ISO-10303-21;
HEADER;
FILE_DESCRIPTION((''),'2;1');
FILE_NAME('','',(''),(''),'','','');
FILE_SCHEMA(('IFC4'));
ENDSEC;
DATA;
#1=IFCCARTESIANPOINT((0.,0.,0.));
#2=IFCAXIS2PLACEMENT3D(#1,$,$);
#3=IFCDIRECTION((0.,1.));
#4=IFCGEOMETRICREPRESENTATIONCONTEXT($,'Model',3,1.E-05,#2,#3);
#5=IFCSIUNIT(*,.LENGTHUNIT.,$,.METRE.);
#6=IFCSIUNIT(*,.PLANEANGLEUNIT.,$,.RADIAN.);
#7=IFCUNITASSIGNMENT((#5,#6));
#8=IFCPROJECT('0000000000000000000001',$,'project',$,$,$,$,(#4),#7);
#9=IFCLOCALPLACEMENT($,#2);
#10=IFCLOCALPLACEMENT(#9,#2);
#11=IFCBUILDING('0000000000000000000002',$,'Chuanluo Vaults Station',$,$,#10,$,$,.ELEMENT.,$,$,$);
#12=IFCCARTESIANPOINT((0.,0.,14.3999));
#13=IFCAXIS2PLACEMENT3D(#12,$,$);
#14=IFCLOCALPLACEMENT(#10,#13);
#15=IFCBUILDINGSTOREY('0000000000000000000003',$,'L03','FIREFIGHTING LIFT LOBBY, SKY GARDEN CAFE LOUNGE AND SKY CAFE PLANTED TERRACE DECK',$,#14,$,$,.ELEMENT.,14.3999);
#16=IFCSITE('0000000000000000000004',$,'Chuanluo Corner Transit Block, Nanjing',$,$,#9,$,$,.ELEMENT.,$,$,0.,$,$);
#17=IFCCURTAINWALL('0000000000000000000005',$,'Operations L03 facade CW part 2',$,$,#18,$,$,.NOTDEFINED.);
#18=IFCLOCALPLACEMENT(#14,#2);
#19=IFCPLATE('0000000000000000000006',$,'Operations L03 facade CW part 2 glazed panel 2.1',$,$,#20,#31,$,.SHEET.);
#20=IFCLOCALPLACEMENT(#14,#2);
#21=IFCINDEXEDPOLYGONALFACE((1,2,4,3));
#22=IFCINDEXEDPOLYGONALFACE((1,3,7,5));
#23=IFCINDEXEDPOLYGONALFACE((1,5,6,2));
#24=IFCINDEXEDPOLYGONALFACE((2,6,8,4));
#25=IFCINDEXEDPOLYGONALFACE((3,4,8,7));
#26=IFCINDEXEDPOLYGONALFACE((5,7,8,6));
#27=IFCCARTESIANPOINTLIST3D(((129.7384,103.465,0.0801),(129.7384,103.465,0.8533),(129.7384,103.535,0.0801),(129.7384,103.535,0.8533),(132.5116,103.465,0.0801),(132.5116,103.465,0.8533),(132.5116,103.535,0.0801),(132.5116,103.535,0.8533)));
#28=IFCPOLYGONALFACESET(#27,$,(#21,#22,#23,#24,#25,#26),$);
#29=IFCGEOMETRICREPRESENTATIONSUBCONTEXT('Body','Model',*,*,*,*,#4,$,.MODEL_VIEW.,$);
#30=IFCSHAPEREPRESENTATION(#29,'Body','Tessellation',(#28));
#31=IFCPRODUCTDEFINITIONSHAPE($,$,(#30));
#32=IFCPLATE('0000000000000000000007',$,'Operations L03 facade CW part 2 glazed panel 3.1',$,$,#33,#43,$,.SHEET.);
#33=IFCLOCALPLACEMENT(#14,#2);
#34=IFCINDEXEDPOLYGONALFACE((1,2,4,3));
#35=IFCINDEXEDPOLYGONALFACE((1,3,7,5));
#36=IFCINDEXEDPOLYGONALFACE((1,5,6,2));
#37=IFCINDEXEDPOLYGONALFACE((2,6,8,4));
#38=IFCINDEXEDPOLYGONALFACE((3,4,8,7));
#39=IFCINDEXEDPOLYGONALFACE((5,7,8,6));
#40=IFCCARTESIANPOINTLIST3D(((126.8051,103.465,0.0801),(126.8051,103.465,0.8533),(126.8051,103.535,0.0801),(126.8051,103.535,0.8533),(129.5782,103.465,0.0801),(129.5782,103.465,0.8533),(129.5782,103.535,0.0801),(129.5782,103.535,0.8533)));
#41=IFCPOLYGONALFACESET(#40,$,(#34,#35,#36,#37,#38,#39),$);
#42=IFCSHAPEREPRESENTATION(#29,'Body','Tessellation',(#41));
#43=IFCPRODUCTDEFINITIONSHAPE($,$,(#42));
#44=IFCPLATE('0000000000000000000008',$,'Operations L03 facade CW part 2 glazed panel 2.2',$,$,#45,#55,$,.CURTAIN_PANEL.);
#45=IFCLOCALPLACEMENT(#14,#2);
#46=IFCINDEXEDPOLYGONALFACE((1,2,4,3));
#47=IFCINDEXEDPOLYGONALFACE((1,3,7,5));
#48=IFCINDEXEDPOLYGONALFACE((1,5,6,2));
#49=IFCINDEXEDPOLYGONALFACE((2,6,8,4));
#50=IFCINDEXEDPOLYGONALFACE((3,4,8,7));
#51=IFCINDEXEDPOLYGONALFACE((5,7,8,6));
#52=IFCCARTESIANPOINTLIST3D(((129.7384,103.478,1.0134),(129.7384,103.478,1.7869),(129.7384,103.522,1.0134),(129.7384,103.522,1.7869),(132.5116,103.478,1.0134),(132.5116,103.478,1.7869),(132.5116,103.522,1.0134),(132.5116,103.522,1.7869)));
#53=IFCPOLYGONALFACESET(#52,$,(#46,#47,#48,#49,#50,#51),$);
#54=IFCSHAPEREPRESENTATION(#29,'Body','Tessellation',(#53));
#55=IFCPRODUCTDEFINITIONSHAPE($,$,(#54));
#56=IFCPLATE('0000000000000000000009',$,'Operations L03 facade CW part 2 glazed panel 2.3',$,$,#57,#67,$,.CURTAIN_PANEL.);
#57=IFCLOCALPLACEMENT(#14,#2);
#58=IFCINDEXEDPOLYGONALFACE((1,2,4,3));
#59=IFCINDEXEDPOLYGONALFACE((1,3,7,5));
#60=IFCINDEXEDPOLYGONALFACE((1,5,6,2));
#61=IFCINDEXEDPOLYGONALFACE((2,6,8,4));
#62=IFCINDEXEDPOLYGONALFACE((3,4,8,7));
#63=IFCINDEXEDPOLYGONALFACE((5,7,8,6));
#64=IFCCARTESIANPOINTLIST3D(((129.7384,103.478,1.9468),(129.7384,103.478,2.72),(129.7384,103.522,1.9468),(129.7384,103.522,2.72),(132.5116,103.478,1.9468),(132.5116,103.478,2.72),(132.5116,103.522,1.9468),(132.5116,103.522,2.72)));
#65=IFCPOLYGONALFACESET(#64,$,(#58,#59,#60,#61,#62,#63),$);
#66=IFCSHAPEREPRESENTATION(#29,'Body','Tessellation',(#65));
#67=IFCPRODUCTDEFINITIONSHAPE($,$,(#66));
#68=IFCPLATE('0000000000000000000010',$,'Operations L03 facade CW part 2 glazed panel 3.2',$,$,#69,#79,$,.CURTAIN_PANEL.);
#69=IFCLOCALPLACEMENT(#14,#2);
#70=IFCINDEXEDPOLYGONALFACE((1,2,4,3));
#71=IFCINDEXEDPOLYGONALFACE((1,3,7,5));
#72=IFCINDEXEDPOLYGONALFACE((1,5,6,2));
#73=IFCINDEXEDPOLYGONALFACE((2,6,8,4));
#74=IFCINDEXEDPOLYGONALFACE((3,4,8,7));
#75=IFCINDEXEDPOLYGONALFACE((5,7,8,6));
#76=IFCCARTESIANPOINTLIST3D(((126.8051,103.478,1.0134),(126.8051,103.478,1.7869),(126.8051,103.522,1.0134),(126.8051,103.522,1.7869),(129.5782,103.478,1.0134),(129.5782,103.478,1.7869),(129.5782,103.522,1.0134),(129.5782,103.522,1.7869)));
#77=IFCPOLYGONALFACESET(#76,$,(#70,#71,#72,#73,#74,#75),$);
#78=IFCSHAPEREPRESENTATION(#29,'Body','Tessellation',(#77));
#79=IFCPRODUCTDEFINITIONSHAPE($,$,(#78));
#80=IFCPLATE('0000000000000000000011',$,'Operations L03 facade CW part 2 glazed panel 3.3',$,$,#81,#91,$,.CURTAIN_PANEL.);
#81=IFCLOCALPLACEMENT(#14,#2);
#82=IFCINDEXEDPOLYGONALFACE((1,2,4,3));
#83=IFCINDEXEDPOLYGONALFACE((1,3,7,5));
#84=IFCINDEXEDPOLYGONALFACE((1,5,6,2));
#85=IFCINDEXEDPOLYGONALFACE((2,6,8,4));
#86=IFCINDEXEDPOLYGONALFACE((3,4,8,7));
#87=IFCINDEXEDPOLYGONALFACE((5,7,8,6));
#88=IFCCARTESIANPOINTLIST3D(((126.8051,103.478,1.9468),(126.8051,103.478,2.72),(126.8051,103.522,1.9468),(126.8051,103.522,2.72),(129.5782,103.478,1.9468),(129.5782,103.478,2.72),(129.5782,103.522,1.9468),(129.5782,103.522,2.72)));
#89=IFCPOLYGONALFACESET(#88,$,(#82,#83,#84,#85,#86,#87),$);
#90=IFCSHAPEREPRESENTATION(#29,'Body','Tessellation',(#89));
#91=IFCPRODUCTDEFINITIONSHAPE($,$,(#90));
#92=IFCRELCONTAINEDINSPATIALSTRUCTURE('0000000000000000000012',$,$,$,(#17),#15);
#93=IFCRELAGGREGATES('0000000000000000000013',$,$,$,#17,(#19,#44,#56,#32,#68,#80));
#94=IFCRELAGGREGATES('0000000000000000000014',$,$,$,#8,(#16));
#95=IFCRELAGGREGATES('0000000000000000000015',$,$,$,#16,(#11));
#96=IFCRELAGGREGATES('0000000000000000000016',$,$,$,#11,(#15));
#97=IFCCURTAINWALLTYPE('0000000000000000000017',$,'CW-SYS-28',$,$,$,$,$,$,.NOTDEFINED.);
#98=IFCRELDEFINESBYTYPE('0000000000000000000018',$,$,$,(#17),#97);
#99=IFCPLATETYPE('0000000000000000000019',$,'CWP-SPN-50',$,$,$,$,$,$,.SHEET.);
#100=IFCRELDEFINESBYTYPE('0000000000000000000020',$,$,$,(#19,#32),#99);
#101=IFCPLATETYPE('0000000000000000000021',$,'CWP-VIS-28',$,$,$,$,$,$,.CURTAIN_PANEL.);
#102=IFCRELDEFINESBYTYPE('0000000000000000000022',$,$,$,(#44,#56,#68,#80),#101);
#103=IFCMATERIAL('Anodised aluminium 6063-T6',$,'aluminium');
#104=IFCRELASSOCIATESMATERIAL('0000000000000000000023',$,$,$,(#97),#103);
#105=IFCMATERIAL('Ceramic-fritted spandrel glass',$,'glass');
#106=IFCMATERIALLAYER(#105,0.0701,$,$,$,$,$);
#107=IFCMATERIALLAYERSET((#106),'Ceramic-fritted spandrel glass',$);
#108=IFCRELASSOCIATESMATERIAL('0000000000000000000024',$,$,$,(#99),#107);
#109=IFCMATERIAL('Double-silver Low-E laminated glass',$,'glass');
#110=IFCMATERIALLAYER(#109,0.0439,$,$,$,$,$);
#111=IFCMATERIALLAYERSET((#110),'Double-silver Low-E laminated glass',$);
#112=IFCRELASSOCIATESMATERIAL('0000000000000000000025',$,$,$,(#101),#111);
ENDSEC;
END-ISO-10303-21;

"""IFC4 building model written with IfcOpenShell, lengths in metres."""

from ifc_helpers import new_model, si_unit, direction, frame, origin, origin_2d, place, context, subcontext, project, spatial, rectangle, extrude, material, layer, layer_set, type_object, element, aggregate, save


model = new_model("IFC4")

# Units and contexts
model_context = context("Model", 3, precision=1e-05, world=origin(), true_north=direction((0.0, 1.0)))
body_context = subcontext(model_context, "Body", "Model", "MODEL_VIEW")
ifc_project = project(units=[si_unit("LENGTHUNIT", "METRE"), si_unit("PLANEANGLEUNIT", "RADIAN")], contexts=[model_context])

# Site, building, storey
site_placement = place(None, origin())
site = spatial("IfcSite", under=ifc_project, at=site_placement, Name="Chuanluo Corner Transit Block, Nanjing", CompositionType="ELEMENT", RefElevation=0.0)
building_placement = place(site_placement, origin())
building = spatial("IfcBuilding", under=site, at=building_placement, Name="Chuanluo Vaults Station", CompositionType="ELEMENT")
storey_placement = place(building_placement, frame((0.0, 0.0, 14.3999)))
storey = spatial("IfcBuildingStorey", under=building, at=storey_placement, Name="L03", Description="FIREFIGHTING LIFT LOBBY, SKY GARDEN CAFE LOUNGE AND SKY CAFE PLANTED TERRACE DECK", CompositionType="ELEMENT", Elevation=14.3999)

# Curtain wall
ifc_material_1 = material(Name="Anodised aluminium 6063-T6", Category="aluminium")
curtain_wall_type = type_object("IfcCurtainWallType", Name="CW-SYS-28", PredefinedType="NOTDEFINED", material=ifc_material_1)
curtain_wall_placement = place(storey_placement, origin())
curtain_wall = element("IfcCurtainWall", 1, at=curtain_wall_placement, inside=storey, type_object=curtain_wall_type, Name="Operations L03 facade CW part 2", PredefinedType="NOTDEFINED")

# Plates
ifc_material_2 = material(Name="Ceramic-fritted spandrel glass", Category="glass")
ifc_layer_1 = layer(ifc_material_2, 0.0701)
ifc_layer_set_1 = layer_set([ifc_layer_1], Name="Ceramic-fritted spandrel glass")
plate_type_1 = type_object("IfcPlateType", Name="CWP-SPN-50", PredefinedType="SHEET", material=ifc_layer_set_1)
plate_1_placement = place(storey_placement, frame((131.125, 103.5, 0.0801), z_axis=(0.0, 0.0, 1.0), x_axis=(-1.0, 0.0, 0.0)))
plate_1 = element("IfcPlate", 2, at=plate_1_placement, type_object=plate_type_1, Name="Operations L03 facade CW part 2 glazed panel 2.1", PredefinedType="SHEET", context=body_context, shape_type="SweptSolid", body=[
    extrude(rectangle(XDim=2.7732, YDim=0.0701, at=origin_2d()), origin(), (0.0, 0.0, 1.0), 0.7732),
])
plate_2_placement = place(storey_placement, frame((128.1917, 103.5, 0.0801), z_axis=(0.0, 0.0, 1.0), x_axis=(-1.0, 0.0, 0.0)))
plate_2 = element("IfcPlate", 3, at=plate_2_placement, type_object=plate_type_1, Name="Operations L03 facade CW part 2 glazed panel 3.1", PredefinedType="SHEET", context=body_context, shape_type="SweptSolid", body=[
    extrude(rectangle(XDim=2.7732, YDim=0.0701, at=origin_2d()), origin(), (0.0, 0.0, 1.0), 0.7732),
])
ifc_material_3 = material(Name="Double-silver Low-E laminated glass", Category="glass")
ifc_layer_2 = layer(ifc_material_3, 0.0439)
ifc_layer_set_2 = layer_set([ifc_layer_2], Name="Double-silver Low-E laminated glass")
plate_type_2 = type_object("IfcPlateType", Name="CWP-VIS-28", PredefinedType="CURTAIN_PANEL", material=ifc_layer_set_2)
plate_3_placement = place(storey_placement, frame((131.125, 103.5, 1.0134), z_axis=(0.0, 0.0, 1.0), x_axis=(-1.0, 0.0, 0.0)))
plate_3 = element("IfcPlate", 4, at=plate_3_placement, type_object=plate_type_2, Name="Operations L03 facade CW part 2 glazed panel 2.2", PredefinedType="CURTAIN_PANEL", context=body_context, shape_type="SweptSolid", body=[
    extrude(rectangle(XDim=2.7732, YDim=0.0439, at=origin_2d()), origin(), (0.0, 0.0, 1.0), 0.7734),
])
plate_4_placement = place(storey_placement, frame((131.125, 103.5, 1.9468), z_axis=(0.0, 0.0, 1.0), x_axis=(-1.0, 0.0, 0.0)))
plate_4 = element("IfcPlate", 5, at=plate_4_placement, type_object=plate_type_2, Name="Operations L03 facade CW part 2 glazed panel 2.3", PredefinedType="CURTAIN_PANEL", context=body_context, shape_type="SweptSolid", body=[
    extrude(rectangle(XDim=2.7732, YDim=0.0439, at=origin_2d()), origin(), (0.0, 0.0, 1.0), 0.7732),
])
plate_5_placement = place(storey_placement, frame((128.1917, 103.5, 1.0134), z_axis=(0.0, 0.0, 1.0), x_axis=(-1.0, 0.0, 0.0)))
plate_5 = element("IfcPlate", 6, at=plate_5_placement, type_object=plate_type_2, Name="Operations L03 facade CW part 2 glazed panel 3.2", PredefinedType="CURTAIN_PANEL", context=body_context, shape_type="SweptSolid", body=[
    extrude(rectangle(XDim=2.7732, YDim=0.0439, at=origin_2d()), origin(), (0.0, 0.0, 1.0), 0.7734),
])
plate_6_placement = place(storey_placement, frame((128.1917, 103.5, 1.9468), z_axis=(0.0, 0.0, 1.0), x_axis=(-1.0, 0.0, 0.0)))
plate_6 = element("IfcPlate", 7, at=plate_6_placement, type_object=plate_type_2, Name="Operations L03 facade CW part 2 glazed panel 3.3", PredefinedType="CURTAIN_PANEL", context=body_context, shape_type="SweptSolid", body=[
    extrude(rectangle(XDim=2.7732, YDim=0.0439, at=origin_2d()), origin(), (0.0, 0.0, 1.0), 0.7732),
])
aggregate(curtain_wall, [plate_1, plate_3, plate_4, plate_2, plate_5, plate_6])

save(model, "model.ifc")
